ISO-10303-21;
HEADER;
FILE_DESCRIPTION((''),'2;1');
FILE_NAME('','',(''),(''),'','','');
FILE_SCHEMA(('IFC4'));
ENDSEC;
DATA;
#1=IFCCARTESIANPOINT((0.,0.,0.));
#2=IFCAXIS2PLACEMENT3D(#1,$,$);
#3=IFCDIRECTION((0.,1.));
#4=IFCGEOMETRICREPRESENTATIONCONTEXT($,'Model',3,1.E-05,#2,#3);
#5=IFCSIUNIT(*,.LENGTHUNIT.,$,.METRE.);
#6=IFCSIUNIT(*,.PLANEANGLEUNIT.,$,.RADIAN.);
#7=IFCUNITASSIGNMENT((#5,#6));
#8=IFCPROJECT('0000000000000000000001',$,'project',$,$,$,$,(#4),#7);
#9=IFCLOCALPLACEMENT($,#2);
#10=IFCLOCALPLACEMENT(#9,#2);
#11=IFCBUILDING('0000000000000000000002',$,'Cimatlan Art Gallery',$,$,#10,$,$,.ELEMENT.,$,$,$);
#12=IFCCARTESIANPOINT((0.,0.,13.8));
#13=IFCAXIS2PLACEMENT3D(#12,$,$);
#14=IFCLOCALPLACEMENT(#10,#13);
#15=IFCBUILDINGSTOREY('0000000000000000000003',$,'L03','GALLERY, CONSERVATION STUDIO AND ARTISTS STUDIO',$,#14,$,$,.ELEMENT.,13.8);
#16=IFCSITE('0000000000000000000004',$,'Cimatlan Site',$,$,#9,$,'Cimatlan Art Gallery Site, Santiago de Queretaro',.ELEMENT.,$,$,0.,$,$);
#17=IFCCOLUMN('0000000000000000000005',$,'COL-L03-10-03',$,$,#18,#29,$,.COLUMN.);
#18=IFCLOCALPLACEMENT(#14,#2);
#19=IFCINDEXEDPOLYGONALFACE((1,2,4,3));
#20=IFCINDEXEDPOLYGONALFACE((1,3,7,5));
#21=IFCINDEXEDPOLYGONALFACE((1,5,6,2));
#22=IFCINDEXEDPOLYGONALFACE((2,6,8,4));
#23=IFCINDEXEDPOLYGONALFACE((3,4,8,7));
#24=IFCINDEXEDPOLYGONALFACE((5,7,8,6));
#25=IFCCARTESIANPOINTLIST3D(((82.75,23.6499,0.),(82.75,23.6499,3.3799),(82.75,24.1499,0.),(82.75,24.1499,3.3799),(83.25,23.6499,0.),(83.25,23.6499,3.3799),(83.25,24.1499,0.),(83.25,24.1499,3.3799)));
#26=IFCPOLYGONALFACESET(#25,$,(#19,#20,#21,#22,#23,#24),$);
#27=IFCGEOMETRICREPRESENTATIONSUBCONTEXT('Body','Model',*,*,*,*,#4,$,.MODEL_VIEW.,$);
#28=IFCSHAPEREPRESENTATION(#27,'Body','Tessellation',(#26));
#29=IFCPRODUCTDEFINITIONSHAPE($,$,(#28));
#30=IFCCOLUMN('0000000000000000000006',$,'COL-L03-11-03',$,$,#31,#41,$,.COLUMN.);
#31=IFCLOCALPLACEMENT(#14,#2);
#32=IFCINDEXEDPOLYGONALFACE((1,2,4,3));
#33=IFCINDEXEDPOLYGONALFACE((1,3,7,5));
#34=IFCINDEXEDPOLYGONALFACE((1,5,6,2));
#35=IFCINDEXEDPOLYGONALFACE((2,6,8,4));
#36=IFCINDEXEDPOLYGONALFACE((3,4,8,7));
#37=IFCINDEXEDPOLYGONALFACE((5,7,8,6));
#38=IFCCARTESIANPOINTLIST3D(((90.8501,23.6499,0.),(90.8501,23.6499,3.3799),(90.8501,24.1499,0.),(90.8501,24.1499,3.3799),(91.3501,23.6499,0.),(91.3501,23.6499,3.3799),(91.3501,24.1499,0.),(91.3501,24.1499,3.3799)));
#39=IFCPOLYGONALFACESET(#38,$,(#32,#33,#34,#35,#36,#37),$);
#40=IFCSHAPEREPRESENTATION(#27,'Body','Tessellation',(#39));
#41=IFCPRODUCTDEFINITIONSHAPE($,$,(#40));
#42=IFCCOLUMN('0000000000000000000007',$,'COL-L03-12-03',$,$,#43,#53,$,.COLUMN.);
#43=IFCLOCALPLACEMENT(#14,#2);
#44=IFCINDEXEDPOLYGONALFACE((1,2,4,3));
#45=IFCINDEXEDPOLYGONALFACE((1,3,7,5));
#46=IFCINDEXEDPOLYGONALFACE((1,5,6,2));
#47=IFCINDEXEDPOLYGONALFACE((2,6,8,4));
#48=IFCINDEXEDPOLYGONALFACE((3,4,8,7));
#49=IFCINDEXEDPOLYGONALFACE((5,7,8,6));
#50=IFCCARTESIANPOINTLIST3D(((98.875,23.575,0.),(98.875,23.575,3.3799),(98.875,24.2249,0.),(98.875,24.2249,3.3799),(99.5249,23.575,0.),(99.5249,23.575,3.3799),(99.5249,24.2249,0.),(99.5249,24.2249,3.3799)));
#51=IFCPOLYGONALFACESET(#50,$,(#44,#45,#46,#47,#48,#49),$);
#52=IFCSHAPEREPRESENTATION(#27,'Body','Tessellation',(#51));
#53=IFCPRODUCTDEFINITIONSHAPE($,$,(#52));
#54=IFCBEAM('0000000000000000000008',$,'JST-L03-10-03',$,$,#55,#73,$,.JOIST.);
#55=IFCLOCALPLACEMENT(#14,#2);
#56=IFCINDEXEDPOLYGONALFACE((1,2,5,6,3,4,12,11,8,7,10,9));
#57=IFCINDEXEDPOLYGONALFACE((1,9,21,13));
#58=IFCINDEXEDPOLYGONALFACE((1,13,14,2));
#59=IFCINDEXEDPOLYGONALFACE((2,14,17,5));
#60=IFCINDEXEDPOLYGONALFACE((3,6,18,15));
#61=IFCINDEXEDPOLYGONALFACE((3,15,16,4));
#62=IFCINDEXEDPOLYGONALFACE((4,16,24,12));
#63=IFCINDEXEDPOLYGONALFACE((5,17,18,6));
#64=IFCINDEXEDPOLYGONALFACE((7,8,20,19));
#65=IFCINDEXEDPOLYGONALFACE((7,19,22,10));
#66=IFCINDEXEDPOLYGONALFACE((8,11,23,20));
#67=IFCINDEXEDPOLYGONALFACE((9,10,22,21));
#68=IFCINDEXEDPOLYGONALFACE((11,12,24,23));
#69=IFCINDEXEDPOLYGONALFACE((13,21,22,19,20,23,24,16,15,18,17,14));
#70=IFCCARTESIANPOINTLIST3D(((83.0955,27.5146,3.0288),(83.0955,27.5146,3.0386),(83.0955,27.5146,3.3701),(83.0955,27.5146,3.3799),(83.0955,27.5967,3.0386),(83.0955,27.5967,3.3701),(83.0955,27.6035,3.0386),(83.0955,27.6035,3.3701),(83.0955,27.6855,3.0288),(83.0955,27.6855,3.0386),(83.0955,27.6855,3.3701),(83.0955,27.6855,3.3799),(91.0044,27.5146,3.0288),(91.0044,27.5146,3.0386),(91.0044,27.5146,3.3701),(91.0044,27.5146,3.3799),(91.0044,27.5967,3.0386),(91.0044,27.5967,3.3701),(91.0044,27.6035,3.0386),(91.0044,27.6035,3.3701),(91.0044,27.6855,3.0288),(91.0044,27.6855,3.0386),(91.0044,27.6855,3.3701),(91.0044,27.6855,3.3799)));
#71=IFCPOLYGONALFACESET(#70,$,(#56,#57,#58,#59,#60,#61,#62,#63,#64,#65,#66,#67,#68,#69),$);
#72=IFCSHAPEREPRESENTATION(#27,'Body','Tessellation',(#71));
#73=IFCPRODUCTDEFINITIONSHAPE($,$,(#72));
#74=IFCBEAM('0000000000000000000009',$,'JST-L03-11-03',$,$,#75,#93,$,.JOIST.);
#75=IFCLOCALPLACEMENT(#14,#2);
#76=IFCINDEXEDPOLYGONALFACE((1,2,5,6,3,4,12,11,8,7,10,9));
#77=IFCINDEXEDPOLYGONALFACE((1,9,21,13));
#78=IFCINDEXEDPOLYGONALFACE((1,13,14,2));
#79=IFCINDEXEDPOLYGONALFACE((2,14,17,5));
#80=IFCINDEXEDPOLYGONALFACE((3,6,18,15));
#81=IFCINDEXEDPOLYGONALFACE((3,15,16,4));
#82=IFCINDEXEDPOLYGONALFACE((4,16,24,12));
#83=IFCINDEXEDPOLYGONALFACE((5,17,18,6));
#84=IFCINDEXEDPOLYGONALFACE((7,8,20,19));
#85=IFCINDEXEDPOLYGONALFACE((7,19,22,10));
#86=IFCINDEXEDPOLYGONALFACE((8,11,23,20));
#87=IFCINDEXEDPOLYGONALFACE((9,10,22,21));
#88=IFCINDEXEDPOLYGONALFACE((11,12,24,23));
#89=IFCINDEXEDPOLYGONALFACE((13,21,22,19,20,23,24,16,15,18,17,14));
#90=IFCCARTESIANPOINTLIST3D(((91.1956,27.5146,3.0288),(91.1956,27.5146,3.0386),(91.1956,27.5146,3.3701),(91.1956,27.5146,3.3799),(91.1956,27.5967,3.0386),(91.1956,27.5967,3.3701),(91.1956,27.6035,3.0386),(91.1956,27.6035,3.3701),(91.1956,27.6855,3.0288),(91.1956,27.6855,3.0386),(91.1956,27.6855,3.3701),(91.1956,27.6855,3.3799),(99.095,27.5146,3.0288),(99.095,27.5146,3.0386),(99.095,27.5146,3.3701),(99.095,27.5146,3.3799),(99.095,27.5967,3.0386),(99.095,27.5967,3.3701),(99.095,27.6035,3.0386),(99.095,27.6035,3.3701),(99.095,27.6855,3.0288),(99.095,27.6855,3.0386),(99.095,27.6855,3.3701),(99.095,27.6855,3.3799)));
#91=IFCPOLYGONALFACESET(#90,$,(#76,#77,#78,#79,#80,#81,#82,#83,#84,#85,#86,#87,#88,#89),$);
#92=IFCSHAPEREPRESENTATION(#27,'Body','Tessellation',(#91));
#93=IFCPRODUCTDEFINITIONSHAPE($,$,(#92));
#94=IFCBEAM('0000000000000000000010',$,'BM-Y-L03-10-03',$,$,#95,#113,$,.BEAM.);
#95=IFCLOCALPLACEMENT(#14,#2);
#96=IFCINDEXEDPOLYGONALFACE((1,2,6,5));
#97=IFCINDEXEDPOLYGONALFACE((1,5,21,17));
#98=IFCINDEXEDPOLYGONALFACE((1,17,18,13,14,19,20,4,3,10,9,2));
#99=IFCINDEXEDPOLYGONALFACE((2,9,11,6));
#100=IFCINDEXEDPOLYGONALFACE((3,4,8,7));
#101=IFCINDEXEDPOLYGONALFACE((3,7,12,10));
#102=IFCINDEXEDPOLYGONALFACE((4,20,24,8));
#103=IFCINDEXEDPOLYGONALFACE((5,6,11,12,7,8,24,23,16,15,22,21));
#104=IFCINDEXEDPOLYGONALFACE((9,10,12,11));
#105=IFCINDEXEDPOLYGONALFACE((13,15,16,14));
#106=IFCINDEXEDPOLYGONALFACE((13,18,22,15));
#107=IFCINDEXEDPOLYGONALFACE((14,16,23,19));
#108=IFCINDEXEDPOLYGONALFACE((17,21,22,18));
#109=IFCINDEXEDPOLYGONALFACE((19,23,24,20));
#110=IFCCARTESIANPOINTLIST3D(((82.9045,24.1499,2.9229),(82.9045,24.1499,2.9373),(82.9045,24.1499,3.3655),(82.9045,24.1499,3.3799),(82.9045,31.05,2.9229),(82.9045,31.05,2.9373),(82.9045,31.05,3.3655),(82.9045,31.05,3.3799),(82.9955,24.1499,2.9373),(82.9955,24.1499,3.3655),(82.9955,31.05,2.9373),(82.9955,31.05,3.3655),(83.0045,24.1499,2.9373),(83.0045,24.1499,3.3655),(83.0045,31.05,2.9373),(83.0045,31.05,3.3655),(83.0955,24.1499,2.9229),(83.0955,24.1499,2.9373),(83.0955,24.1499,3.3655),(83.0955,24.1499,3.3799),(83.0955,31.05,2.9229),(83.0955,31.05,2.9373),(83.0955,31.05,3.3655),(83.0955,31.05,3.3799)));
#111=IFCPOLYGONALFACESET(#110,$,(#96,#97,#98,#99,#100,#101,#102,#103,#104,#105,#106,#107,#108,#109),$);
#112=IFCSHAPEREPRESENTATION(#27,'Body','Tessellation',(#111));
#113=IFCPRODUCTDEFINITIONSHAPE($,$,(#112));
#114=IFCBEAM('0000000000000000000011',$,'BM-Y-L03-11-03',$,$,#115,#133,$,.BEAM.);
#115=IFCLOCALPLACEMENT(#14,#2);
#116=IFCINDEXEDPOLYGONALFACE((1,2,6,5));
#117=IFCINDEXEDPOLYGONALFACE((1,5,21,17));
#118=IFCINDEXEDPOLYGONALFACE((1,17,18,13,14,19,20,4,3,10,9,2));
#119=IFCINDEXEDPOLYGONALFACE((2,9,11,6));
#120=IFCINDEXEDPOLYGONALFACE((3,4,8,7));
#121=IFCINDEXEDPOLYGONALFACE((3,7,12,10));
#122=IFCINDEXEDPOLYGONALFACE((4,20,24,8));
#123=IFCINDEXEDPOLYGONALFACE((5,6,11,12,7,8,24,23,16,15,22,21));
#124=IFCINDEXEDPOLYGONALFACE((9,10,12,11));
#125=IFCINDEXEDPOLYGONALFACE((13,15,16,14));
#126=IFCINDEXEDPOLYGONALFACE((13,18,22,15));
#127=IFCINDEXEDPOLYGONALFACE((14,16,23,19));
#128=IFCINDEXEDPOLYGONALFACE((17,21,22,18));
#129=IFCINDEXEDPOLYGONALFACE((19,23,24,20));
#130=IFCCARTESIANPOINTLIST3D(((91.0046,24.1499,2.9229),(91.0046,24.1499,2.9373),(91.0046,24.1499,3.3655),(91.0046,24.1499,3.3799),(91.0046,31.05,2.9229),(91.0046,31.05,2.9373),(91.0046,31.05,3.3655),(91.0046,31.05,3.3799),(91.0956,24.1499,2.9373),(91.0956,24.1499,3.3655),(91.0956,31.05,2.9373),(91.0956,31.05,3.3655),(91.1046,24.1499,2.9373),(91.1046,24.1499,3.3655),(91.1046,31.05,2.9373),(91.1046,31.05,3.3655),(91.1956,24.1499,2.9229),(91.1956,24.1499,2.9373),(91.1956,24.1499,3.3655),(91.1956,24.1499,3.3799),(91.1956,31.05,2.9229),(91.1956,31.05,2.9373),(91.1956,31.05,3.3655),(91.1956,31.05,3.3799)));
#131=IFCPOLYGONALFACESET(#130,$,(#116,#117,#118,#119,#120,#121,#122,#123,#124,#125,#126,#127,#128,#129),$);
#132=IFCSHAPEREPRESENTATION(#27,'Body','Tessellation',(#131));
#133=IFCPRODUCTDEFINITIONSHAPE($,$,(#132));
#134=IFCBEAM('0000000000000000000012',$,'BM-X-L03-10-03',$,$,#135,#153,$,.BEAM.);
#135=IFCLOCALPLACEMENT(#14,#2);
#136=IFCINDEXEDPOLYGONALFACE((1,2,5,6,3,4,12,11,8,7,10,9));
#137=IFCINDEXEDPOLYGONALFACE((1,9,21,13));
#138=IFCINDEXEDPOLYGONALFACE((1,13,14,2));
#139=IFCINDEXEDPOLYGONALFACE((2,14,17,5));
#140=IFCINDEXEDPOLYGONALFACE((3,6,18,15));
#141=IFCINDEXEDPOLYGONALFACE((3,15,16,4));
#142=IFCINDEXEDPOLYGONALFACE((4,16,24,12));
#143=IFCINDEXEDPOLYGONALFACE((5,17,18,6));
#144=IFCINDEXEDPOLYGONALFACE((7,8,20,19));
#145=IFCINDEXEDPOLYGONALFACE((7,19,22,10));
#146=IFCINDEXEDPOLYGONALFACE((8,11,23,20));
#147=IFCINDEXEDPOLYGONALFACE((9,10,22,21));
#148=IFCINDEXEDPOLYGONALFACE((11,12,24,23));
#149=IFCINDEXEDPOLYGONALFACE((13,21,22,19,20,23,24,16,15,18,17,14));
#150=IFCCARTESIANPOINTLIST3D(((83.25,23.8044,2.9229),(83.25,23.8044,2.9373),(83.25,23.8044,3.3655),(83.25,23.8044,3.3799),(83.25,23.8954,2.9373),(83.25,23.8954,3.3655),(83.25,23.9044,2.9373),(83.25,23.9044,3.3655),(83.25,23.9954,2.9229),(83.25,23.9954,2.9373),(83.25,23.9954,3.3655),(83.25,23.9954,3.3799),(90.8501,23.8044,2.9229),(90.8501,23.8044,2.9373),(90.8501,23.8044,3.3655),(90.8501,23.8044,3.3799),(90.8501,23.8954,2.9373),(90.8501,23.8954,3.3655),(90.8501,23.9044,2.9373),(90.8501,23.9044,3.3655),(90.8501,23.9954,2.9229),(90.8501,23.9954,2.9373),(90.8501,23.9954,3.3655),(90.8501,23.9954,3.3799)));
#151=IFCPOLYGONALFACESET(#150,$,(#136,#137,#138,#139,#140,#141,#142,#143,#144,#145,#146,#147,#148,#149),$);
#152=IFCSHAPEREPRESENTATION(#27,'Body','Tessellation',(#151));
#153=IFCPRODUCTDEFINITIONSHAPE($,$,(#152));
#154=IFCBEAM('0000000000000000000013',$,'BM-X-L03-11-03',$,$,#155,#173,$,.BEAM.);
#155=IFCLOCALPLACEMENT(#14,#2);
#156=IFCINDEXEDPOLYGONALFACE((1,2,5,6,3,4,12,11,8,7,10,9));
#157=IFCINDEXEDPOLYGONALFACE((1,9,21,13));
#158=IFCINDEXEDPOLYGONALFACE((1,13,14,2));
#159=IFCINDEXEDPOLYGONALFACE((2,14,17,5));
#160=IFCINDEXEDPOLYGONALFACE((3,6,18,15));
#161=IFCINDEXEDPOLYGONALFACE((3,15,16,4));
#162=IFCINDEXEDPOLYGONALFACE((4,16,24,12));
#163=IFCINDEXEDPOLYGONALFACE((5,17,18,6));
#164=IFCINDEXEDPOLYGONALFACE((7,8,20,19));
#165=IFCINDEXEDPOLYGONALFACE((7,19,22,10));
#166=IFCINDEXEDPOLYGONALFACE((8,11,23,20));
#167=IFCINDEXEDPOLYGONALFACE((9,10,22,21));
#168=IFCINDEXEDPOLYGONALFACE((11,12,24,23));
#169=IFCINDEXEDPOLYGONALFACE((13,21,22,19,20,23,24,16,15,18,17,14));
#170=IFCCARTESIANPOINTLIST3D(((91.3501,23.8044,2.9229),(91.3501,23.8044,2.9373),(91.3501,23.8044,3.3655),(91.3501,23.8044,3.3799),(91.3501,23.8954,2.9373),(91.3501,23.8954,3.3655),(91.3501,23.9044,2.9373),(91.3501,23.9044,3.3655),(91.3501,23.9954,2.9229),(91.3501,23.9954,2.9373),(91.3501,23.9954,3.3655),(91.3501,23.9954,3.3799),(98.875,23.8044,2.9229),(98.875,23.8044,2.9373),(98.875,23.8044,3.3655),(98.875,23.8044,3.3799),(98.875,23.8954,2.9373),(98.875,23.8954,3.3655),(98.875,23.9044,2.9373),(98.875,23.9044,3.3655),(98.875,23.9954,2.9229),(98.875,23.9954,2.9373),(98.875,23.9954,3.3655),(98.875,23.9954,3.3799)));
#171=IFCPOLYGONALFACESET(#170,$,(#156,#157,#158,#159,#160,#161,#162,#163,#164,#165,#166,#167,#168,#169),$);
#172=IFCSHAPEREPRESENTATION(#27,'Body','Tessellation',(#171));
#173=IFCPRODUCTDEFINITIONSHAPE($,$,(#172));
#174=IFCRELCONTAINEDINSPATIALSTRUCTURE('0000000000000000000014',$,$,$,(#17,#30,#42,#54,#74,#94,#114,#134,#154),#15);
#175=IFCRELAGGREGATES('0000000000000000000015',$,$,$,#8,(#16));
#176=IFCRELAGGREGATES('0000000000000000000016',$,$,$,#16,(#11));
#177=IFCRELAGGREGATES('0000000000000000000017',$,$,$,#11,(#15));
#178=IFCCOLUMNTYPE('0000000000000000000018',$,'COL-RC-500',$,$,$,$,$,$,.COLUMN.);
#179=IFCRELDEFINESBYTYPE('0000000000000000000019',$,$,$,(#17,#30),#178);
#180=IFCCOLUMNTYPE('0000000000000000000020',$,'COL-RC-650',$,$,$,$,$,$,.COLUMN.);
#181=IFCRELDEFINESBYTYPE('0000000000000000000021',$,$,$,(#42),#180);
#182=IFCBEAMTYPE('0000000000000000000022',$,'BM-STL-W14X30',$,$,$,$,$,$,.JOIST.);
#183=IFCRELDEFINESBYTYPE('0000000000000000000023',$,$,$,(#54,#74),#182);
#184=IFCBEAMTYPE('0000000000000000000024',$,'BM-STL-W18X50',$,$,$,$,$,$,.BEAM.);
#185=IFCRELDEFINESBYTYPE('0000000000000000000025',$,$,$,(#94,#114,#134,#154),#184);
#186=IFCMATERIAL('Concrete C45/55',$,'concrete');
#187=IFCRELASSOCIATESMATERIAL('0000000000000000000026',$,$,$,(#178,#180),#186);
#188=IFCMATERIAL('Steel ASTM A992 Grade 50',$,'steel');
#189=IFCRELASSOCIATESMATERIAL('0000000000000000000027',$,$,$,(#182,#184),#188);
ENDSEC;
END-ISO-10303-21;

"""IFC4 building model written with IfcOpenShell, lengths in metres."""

from ifc_helpers import new_model, si_unit, direction, frame, origin, origin_2d, place, context, subcontext, project, spatial, rectangle, i_section, extrude, material, material_profile, profile_set, type_object, element, save


model = new_model("IFC4")

# Units and contexts
model_context = context("Model", 3, precision=1e-05, world=origin(), true_north=direction((0.0, 1.0)))
body_context = subcontext(model_context, "Body", "Model", "MODEL_VIEW")
ifc_project = project(units=[si_unit("LENGTHUNIT", "METRE"), si_unit("PLANEANGLEUNIT", "RADIAN")], contexts=[model_context])

# Site, building, storey
site_placement = place(None, origin())
site = spatial("IfcSite", under=ifc_project, at=site_placement, Name="Cimatlan Site", LongName="Cimatlan Art Gallery Site, Santiago de Queretaro", CompositionType="ELEMENT", RefElevation=0.0)
building_placement = place(site_placement, origin())
building = spatial("IfcBuilding", under=site, at=building_placement, Name="Cimatlan Art Gallery", CompositionType="ELEMENT")
storey_placement = place(building_placement, frame((0.0, 0.0, 13.8)))
storey = spatial("IfcBuildingStorey", under=building, at=storey_placement, Name="L03", Description="GALLERY, CONSERVATION STUDIO AND ARTISTS STUDIO", CompositionType="ELEMENT", Elevation=13.8)

# Columns
ifc_material_1 = material(Name="Concrete C45/55", Category="concrete")
ifc_material_profile_1 = material_profile(ifc_material_1, rectangle(XDim=0.5, YDim=0.5, at=origin_2d()), Name="RC500X500")
ifc_profile_set_1 = profile_set([ifc_material_profile_1], Name="Concrete C45/55")
column_type_1 = type_object("IfcColumnType", Name="COL-RC-500", PredefinedType="COLUMN", material=ifc_profile_set_1)
for number, where, z_axis, x_axis, name in (
    (1, (83.0, 23.8999, 0.0), (0.0, 0.0, 1.0), (1.0, 0.0, 0.0), "COL-L03-10-03"),
    (2, (91.1001, 23.8999, 0.0), (0.0, 0.0, 1.0), (1.0, 0.0, 0.0), "COL-L03-11-03"),
):
    element("IfcColumn", number, at=place(storey_placement, frame(where, z_axis=z_axis, x_axis=x_axis)), inside=storey, type_object=column_type_1, Name=name, PredefinedType="COLUMN", context=body_context, shape_type="SweptSolid", body=[
        extrude(rectangle(XDim=0.5, YDim=0.5, at=origin_2d()), origin(), (0.0, 0.0, 1.0), 3.3799),
    ])
ifc_material_profile_2 = material_profile(ifc_material_1, rectangle(XDim=0.6499, YDim=0.6499, at=origin_2d()), Name="RC650X650")
ifc_profile_set_2 = profile_set([ifc_material_profile_2], Name="Concrete C45/55")
column_type_2 = type_object("IfcColumnType", Name="COL-RC-650", PredefinedType="COLUMN", material=ifc_profile_set_2)
column_placement = place(storey_placement, frame((99.2, 23.8999, 0.0), z_axis=(0.0, 0.0, 1.0), x_axis=(1.0, 0.0, 0.0)))
element("IfcColumn", 3, at=column_placement, inside=storey, type_object=column_type_2, Name="COL-L03-12-03", PredefinedType="COLUMN", context=body_context, shape_type="SweptSolid", body=[
    extrude(rectangle(XDim=0.6499, YDim=0.6499, at=origin_2d()), origin(), (0.0, 0.0, 1.0), 3.3799),
])

# Beams
ifc_material_2 = material(Name="Steel ASTM A992 Grade 50", Category="steel")
ifc_material_profile_3 = material_profile(ifc_material_2, i_section(OverallWidth=0.1709, OverallDepth=0.3511, WebThickness=0.0068, FlangeThickness=0.0098, at=origin_2d()), Name="W14X30")
ifc_profile_set_3 = profile_set([ifc_material_profile_3], Name="Steel ASTM A992 Grade 50")
beam_type_1 = type_object("IfcBeamType", Name="BM-STL-W14X30", PredefinedType="JOIST", material=ifc_profile_set_3)
beam_1_placement = place(storey_placement, frame((83.0955, 27.6001, 3.2043), z_axis=(1.0, 0.0, 0.0), x_axis=(0.0, 1.0, 0.0)))
element("IfcBeam", 4, at=beam_1_placement, inside=storey, type_object=beam_type_1, Name="JST-L03-10-03", PredefinedType="JOIST", context=body_context, shape_type="SweptSolid", body=[
    extrude(i_section(OverallWidth=0.1709, OverallDepth=0.3511, WebThickness=0.0068, FlangeThickness=0.0098, at=origin_2d()), origin(), (0.0, 0.0, 1.0), 7.9089),
])
beam_2_placement = place(storey_placement, frame((91.1956, 27.6001, 3.2043), z_axis=(1.0, 0.0, 0.0), x_axis=(0.0, 1.0, 0.0)))
element("IfcBeam", 5, at=beam_2_placement, inside=storey, type_object=beam_type_1, Name="JST-L03-11-03", PredefinedType="JOIST", context=body_context, shape_type="SweptSolid", body=[
    extrude(i_section(OverallWidth=0.1709, OverallDepth=0.3511, WebThickness=0.0068, FlangeThickness=0.0098, at=origin_2d()), origin(), (0.0, 0.0, 1.0), 7.8994),
])
ifc_material_profile_4 = material_profile(ifc_material_2, i_section(OverallWidth=0.1909, OverallDepth=0.457, WebThickness=0.009, FlangeThickness=0.0144, at=origin_2d()), Name="W18X50")
ifc_profile_set_4 = profile_set([ifc_material_profile_4], Name="Steel ASTM A992 Grade 50")
beam_type_2 = type_object("IfcBeamType", Name="BM-STL-W18X50", PredefinedType="BEAM", material=ifc_profile_set_4)
for number, where, z_axis, x_axis, name in (
    (6, (83.0, 24.1499, 3.1514), (0.0, 1.0, 0.0), (-1.0, 0.0, 0.0), "BM-Y-L03-10-03"),
    (7, (91.1001, 24.1499, 3.1514), (0.0, 1.0, 0.0), (-1.0, 0.0, 0.0), "BM-Y-L03-11-03"),
):
    element("IfcBeam", number, at=place(storey_placement, frame(where, z_axis=z_axis, x_axis=x_axis)), inside=storey, type_object=beam_type_2, Name=name, PredefinedType="BEAM", context=body_context, shape_type="SweptSolid", body=[
        extrude(i_section(OverallWidth=0.1909, OverallDepth=0.457, WebThickness=0.009, FlangeThickness=0.0144, at=origin_2d()), origin(), (0.0, 0.0, 1.0), 6.9001),
    ])
beam_3_placement = place(storey_placement, frame((83.25, 23.8999, 3.1514), z_axis=(1.0, 0.0, 0.0), x_axis=(0.0, 1.0, 0.0)))
element("IfcBeam", 8, at=beam_3_placement, inside=storey, type_object=beam_type_2, Name="BM-X-L03-10-03", PredefinedType="BEAM", context=body_context, shape_type="SweptSolid", body=[
    extrude(i_section(OverallWidth=0.1909, OverallDepth=0.457, WebThickness=0.009, FlangeThickness=0.0144, at=origin_2d()), origin(), (0.0, 0.0, 1.0), 7.6001),
])
beam_4_placement = place(storey_placement, frame((91.3501, 23.8999, 3.1514), z_axis=(1.0, 0.0, 0.0), x_axis=(0.0, 1.0, 0.0)))
element("IfcBeam", 9, at=beam_4_placement, inside=storey, type_object=beam_type_2, Name="BM-X-L03-11-03", PredefinedType="BEAM", context=body_context, shape_type="SweptSolid", body=[
    extrude(i_section(OverallWidth=0.1909, OverallDepth=0.457, WebThickness=0.009, FlangeThickness=0.0144, at=origin_2d()), origin(), (0.0, 0.0, 1.0), 7.5249),
])

save(model, "model.ifc")
